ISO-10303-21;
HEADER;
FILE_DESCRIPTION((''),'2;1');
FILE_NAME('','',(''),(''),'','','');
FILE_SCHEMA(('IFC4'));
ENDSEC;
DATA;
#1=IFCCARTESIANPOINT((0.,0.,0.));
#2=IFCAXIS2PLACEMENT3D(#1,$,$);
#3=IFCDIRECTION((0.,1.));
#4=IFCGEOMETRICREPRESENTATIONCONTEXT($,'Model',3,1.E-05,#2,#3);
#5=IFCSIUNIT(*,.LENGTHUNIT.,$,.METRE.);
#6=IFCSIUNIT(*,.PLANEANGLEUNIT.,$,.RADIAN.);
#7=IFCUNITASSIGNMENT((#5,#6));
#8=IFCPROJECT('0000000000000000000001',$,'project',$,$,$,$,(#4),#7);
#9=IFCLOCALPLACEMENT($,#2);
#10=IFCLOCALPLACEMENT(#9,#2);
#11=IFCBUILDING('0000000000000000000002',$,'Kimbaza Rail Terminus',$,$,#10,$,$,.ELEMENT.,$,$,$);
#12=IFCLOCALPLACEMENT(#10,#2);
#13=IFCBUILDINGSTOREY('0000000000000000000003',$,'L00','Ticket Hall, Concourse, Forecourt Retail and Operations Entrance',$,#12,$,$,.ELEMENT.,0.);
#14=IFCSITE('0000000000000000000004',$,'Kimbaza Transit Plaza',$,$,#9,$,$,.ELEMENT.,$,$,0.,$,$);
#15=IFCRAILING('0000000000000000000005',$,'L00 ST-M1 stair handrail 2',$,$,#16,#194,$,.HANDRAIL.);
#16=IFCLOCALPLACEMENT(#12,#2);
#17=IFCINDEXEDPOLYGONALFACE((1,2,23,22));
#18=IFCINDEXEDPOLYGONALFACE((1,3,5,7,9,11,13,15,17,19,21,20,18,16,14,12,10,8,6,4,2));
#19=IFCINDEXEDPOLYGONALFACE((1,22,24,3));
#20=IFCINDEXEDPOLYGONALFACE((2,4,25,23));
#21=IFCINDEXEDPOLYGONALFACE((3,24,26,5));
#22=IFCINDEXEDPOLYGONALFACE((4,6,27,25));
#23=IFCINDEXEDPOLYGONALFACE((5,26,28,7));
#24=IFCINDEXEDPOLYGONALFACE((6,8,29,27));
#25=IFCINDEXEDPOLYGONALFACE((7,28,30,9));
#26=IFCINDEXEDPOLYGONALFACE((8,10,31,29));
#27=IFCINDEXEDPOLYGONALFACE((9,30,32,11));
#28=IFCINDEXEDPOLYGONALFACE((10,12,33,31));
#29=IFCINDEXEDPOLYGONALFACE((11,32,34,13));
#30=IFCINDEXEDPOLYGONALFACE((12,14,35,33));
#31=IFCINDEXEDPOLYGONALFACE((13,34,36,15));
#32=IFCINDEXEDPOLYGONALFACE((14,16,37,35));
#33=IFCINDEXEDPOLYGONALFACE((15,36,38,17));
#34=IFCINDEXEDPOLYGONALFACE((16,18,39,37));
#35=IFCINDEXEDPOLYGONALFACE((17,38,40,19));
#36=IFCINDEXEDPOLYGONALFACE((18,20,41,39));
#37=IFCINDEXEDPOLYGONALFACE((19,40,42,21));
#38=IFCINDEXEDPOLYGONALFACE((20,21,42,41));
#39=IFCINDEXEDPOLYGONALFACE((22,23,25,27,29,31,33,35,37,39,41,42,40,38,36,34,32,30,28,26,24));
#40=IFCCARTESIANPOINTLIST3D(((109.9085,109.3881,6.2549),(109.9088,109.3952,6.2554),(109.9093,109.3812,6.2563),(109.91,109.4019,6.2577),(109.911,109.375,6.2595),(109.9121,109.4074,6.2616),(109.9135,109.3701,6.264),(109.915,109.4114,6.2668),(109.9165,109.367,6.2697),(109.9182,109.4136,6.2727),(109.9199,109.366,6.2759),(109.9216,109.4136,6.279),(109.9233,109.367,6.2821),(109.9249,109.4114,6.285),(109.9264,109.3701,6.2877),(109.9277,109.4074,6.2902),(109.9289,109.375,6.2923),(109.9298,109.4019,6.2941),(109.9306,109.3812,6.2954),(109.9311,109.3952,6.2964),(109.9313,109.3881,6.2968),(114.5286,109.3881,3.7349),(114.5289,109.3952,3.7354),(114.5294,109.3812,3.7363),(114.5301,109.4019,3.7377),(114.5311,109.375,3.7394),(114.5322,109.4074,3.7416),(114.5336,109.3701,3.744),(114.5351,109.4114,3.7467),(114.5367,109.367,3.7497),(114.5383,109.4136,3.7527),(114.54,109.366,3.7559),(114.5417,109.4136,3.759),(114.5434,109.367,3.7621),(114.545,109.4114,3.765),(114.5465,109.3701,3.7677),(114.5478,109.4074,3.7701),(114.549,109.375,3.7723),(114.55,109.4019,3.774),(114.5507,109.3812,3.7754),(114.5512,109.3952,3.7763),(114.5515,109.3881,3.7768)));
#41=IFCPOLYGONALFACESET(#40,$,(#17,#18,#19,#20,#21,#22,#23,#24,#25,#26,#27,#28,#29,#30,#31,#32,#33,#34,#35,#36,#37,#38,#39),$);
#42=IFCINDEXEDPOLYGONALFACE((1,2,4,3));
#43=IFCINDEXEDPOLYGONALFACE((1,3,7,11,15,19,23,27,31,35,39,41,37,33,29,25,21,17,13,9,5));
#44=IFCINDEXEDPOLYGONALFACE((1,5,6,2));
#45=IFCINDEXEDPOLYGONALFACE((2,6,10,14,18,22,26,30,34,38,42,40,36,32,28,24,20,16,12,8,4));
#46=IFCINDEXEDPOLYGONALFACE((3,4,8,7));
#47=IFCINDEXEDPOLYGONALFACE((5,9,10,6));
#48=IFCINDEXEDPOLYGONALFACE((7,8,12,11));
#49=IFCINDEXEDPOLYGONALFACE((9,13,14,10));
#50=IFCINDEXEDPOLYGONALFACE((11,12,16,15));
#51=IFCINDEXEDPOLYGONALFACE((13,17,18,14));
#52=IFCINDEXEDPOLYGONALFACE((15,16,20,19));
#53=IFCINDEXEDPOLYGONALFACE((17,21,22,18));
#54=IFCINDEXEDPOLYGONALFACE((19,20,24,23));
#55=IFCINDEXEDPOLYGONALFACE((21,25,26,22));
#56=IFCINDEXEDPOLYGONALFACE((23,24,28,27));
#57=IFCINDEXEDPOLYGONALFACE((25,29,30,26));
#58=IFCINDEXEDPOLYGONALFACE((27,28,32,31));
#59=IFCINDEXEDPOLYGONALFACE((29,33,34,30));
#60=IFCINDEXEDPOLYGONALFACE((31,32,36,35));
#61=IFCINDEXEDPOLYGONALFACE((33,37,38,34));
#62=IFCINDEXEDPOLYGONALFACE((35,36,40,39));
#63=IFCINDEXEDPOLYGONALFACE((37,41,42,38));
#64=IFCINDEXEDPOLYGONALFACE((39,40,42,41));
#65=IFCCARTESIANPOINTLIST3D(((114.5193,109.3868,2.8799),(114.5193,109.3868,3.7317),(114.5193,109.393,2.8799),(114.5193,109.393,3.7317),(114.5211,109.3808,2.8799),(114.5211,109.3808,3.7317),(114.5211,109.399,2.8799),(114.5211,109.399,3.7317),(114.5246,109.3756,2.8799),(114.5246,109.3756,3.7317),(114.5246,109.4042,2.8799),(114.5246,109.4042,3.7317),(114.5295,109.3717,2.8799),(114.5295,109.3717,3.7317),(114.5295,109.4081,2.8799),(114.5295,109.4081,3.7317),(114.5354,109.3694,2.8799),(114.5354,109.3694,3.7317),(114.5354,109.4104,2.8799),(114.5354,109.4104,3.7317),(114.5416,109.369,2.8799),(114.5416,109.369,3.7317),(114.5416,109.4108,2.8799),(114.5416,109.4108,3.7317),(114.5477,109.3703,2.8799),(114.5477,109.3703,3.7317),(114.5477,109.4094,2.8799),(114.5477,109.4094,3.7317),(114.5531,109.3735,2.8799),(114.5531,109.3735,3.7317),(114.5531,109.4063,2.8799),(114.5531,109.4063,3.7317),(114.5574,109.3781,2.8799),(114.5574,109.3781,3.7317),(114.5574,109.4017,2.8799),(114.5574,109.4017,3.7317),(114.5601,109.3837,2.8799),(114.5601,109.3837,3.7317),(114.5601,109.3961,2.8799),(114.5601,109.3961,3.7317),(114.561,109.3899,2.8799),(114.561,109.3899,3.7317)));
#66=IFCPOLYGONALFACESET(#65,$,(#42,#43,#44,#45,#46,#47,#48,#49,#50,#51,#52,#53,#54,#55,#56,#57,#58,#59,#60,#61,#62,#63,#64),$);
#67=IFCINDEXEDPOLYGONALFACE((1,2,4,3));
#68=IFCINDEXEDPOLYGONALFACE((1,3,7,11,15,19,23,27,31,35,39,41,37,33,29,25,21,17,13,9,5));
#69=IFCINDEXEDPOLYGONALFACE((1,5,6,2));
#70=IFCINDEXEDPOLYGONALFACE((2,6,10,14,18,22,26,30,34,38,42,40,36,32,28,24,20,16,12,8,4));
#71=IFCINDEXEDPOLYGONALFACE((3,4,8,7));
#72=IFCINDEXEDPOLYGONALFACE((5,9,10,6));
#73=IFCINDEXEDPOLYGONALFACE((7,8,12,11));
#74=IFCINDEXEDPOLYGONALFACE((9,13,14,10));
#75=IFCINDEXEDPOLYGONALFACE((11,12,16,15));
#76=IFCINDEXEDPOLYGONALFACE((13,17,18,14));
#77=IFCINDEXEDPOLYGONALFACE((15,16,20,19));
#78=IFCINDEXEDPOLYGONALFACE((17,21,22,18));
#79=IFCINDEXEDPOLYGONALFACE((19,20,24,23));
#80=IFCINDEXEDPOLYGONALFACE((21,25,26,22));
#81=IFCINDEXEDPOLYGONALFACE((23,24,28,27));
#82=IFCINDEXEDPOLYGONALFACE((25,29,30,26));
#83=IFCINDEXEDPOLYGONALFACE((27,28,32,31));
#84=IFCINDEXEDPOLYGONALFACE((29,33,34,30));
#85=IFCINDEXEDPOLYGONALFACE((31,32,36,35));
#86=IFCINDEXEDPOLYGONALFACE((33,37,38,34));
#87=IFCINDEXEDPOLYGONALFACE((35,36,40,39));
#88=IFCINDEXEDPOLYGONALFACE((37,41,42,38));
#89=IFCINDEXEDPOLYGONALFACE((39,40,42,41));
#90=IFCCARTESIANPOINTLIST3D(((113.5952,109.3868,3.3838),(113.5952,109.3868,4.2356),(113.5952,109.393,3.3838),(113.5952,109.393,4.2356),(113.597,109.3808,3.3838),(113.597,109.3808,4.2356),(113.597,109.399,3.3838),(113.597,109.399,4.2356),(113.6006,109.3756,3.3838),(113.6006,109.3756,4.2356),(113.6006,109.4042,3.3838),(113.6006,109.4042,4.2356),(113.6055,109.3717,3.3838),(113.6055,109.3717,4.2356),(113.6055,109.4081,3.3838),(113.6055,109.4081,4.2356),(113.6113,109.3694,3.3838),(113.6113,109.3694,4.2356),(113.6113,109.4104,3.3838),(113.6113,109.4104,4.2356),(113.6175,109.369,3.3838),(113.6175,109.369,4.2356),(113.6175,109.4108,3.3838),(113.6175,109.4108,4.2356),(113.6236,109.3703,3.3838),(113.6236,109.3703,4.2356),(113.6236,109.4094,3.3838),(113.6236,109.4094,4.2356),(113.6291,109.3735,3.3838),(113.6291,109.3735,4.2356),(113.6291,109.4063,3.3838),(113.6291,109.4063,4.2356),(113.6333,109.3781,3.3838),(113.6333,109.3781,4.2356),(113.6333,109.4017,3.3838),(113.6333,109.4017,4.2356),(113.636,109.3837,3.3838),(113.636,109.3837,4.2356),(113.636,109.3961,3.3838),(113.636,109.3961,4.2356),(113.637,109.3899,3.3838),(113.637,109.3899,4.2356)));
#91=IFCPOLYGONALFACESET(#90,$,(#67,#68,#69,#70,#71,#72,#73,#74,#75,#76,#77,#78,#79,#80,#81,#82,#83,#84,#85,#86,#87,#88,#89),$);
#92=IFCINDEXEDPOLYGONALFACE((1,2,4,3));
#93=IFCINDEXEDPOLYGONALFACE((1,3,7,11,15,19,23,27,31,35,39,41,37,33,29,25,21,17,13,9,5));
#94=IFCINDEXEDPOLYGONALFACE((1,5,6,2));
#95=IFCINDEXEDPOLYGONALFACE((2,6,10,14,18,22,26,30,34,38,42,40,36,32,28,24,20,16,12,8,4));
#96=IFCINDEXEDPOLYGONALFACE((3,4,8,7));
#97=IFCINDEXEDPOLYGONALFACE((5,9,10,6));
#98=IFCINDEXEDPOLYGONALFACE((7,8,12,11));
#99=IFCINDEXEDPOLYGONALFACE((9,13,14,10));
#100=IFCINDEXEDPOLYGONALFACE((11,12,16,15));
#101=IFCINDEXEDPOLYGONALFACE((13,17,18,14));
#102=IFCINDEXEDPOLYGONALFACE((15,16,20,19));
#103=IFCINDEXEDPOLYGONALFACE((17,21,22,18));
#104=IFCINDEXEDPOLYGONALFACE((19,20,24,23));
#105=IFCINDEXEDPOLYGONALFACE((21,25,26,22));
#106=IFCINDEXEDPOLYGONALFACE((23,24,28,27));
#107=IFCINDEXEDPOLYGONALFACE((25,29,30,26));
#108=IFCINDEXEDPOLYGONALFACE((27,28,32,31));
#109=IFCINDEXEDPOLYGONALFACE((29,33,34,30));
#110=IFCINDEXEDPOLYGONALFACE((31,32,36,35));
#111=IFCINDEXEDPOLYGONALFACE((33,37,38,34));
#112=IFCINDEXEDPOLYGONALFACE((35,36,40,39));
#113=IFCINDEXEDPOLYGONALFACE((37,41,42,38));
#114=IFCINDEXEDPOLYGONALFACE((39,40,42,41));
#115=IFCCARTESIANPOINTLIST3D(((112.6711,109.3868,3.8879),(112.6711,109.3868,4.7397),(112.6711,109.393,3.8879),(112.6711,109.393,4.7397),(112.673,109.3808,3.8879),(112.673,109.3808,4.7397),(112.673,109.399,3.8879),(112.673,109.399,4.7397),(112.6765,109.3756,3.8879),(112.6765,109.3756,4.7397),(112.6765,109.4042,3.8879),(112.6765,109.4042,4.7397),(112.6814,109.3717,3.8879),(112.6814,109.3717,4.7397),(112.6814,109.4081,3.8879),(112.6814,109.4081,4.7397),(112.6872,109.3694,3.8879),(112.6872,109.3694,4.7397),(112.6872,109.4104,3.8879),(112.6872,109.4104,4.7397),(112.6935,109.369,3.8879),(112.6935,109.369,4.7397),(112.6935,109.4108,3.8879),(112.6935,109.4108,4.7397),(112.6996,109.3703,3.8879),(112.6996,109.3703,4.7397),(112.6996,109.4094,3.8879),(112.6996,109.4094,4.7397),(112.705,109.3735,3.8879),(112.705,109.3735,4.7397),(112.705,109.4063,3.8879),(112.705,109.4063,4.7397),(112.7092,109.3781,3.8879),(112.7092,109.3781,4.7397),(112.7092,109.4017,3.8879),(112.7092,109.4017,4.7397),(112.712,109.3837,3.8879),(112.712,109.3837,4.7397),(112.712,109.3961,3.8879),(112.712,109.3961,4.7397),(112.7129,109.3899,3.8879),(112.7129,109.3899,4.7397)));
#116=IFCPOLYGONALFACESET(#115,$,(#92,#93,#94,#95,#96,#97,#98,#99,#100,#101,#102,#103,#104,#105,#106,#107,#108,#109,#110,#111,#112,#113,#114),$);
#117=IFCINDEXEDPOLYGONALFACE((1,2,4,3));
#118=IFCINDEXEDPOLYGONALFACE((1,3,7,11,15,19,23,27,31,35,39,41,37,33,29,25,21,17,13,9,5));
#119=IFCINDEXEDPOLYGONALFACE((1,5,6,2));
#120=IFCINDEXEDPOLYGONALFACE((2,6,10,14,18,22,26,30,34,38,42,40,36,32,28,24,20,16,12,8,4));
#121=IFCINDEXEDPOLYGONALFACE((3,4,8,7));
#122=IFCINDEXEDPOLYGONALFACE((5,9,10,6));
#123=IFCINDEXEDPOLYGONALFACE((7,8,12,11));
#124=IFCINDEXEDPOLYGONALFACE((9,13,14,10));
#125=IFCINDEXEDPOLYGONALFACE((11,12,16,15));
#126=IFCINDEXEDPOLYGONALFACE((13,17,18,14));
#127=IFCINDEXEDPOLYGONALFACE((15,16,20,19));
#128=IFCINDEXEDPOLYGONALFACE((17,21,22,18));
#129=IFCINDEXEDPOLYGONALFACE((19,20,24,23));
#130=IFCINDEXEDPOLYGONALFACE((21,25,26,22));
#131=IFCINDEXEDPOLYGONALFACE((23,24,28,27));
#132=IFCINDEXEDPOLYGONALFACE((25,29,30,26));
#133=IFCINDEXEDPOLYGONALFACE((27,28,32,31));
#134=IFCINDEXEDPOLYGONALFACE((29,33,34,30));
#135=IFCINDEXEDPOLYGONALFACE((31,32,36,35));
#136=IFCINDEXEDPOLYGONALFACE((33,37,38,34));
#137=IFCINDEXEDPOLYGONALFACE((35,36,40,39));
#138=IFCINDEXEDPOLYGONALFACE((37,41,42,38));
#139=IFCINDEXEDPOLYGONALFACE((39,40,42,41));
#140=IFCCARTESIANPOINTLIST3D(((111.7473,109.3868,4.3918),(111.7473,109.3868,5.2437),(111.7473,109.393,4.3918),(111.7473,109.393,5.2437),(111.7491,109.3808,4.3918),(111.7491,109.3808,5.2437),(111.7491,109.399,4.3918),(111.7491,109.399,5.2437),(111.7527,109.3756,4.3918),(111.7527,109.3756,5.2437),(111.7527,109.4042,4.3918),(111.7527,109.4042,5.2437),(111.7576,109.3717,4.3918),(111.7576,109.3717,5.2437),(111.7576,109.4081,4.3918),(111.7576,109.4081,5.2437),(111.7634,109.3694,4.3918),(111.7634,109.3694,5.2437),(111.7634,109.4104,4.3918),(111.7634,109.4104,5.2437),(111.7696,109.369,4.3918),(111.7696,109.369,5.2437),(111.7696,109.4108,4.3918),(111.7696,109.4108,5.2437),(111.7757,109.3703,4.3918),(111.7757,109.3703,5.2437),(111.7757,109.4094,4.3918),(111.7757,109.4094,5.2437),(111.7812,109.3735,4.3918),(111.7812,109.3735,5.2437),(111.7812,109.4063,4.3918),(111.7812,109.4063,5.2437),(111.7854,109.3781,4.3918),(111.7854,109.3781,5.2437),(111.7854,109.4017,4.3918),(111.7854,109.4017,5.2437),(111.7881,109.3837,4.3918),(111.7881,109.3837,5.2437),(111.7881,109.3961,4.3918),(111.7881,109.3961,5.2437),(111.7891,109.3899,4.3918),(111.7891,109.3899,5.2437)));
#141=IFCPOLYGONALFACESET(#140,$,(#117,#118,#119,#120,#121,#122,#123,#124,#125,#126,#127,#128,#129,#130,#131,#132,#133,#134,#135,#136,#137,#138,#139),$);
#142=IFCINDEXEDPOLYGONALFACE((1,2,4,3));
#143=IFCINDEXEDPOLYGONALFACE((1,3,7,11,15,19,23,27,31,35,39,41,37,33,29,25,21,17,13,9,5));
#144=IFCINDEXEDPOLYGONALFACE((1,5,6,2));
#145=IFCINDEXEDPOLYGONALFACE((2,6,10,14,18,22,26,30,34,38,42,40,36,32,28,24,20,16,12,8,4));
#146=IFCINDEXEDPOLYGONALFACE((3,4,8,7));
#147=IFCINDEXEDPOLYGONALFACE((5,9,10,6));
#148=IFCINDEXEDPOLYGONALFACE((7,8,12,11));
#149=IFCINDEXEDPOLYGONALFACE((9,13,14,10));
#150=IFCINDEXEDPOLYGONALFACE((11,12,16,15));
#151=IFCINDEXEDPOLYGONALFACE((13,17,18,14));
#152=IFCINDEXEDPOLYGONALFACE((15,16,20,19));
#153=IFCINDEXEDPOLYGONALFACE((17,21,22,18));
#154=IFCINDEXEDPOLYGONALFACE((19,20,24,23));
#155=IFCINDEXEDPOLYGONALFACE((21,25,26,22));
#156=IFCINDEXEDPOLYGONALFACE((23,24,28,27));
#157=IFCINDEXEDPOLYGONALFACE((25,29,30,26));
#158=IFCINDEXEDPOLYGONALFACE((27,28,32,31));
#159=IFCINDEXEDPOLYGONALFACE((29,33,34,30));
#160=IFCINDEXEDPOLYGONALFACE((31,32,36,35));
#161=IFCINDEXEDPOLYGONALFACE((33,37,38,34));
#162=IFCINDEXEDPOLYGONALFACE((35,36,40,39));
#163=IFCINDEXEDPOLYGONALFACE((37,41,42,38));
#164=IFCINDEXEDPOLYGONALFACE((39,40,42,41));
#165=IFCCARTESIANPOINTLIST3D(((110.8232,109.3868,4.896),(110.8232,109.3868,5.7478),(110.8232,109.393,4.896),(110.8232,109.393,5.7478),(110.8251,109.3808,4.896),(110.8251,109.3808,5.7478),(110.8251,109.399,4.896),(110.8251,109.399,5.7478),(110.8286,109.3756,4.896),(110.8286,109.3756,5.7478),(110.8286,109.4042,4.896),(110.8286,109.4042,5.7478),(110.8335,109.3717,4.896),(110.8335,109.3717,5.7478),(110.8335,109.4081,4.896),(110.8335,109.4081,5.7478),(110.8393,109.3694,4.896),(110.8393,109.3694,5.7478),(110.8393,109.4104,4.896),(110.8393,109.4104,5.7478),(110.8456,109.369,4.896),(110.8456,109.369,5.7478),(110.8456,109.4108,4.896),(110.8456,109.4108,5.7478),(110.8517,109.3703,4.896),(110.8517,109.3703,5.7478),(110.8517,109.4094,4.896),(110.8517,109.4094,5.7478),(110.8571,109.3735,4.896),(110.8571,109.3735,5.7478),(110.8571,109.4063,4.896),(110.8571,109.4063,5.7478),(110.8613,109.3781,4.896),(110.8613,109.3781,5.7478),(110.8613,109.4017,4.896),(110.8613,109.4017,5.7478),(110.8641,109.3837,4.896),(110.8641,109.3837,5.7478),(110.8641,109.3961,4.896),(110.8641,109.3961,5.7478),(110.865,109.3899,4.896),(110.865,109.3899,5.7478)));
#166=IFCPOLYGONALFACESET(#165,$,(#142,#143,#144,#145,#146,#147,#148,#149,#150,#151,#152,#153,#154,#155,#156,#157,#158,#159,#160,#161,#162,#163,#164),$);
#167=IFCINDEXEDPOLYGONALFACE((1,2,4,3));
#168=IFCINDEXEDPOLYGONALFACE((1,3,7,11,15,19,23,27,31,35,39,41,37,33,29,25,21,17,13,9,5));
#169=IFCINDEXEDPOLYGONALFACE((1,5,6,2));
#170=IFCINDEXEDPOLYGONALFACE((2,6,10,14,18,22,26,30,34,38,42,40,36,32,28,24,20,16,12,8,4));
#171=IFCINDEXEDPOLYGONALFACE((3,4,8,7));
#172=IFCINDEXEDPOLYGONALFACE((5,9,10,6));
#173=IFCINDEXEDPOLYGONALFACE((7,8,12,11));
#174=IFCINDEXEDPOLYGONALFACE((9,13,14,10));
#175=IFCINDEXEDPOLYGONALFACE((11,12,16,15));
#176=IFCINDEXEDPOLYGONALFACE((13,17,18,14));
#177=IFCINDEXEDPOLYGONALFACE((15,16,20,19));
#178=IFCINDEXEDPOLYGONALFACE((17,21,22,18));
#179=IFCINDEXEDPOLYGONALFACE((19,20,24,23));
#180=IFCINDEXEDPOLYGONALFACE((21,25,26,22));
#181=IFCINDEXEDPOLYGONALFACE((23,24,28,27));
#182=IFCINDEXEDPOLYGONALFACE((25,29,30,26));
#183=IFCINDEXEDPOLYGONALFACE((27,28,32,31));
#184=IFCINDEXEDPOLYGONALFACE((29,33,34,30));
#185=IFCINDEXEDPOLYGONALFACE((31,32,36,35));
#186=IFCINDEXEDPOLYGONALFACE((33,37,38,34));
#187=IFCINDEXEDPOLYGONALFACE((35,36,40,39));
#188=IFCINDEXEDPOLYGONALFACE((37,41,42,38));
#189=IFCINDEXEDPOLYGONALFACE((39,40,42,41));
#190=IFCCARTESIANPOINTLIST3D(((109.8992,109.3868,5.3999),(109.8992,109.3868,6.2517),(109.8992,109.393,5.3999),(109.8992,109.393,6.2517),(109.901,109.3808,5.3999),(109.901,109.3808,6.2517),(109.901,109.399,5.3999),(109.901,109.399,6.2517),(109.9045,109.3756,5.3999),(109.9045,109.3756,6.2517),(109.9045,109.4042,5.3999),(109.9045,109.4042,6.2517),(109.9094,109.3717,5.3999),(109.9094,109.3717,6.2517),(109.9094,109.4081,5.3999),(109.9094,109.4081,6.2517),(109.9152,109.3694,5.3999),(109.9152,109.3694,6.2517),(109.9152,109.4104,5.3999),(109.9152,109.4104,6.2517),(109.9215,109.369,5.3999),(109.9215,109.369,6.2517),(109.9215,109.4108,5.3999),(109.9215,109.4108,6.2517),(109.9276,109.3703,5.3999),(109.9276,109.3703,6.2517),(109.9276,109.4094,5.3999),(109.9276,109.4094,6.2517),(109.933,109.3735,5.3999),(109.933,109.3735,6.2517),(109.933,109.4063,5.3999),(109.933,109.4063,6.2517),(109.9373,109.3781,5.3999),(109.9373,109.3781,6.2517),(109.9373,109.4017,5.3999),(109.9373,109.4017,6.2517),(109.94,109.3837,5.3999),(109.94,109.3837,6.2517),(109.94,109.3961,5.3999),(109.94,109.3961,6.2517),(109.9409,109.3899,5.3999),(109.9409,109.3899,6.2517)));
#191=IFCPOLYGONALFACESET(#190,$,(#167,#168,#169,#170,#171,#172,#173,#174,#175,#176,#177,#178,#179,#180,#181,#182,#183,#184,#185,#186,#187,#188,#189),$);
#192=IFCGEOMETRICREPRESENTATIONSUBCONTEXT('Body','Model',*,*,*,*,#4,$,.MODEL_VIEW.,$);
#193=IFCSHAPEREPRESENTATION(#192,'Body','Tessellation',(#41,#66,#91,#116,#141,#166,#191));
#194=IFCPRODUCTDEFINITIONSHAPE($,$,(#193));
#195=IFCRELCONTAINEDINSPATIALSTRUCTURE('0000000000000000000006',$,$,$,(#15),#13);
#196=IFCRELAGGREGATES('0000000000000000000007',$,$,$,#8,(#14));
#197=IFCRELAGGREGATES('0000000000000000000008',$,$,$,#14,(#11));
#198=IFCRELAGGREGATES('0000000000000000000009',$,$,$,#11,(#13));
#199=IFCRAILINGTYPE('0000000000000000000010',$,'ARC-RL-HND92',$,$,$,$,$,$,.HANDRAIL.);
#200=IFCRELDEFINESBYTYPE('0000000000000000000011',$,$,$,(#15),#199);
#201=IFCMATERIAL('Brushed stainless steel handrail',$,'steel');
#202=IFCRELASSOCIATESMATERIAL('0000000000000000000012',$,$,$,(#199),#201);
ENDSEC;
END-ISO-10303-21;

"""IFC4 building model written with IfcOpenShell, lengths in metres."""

from ifc_helpers import new_model, si_unit, direction, frame, origin, origin_2d, place, context, subcontext, project, spatial, circle, extrude, material, type_object, element, save


model = new_model("IFC4")

# Units and contexts
model_context = context("Model", 3, precision=1e-05, world=origin(), true_north=direction((0.0, 1.0)))
body_context = subcontext(model_context, "Body", "Model", "MODEL_VIEW")
ifc_project = project(units=[si_unit("LENGTHUNIT", "METRE"), si_unit("PLANEANGLEUNIT", "RADIAN")], contexts=[model_context])

# Site, building, storey
site_placement = place(None, origin())
site = spatial("IfcSite", under=ifc_project, at=site_placement, Name="Kimbaza Transit Plaza", CompositionType="ELEMENT", RefElevation=0.0)
building_placement = place(site_placement, origin())
building = spatial("IfcBuilding", under=site, at=building_placement, Name="Kimbaza Rail Terminus", CompositionType="ELEMENT")
storey_placement = place(building_placement, origin())
storey = spatial("IfcBuildingStorey", under=building, at=storey_placement, Name="L00", Description="Ticket Hall, Concourse, Forecourt Retail and Operations Entrance", CompositionType="ELEMENT", Elevation=0.0)

# Railing
ifc_material_1 = material(Name="Brushed stainless steel handrail", Category="steel")
railing_type = type_object("IfcRailingType", Name="ARC-RL-HND92", PredefinedType="HANDRAIL", material=ifc_material_1)
railing_placement = place(storey_placement, frame((114.54, 109.3899, 2.8799)))
element("IfcRailing", 1, at=railing_placement, inside=storey, type_object=railing_type, Name="L00 ST-M1 stair handrail 2", PredefinedType="HANDRAIL", context=body_context, shape_type="SweptSolid", body=[
    extrude(circle(Radius=0.0239, at=origin_2d()), frame((0.0, 0.0, 0.876), z_axis=(-0.877899, 0.0, 0.478846), x_axis=(0.0, -1.0, 0.0)), (0.0, 0.0, 1.0), 5.2627),
    extrude(circle(Radius=0.021, at=origin_2d()), origin(), (0.0, 0.0, 1.0), 0.8518),
    extrude(circle(Radius=0.021, at=origin_2d()), frame((-0.9241, 0.0, 0.5039)), (0.0, 0.0, 1.0), 0.8518),
    extrude(circle(Radius=0.021, at=origin_2d()), frame((-1.8481, 0.0, 1.0081)), (0.0, 0.0, 1.0), 0.8518),
    extrude(circle(Radius=0.021, at=origin_2d()), frame((-2.772, 0.0, 1.512)), (0.0, 0.0, 1.0), 0.8518),
    extrude(circle(Radius=0.021, at=origin_2d()), frame((-3.696, 0.0, 2.0161)), (0.0, 0.0, 1.0), 0.8518),
    extrude(circle(Radius=0.021, at=origin_2d()), frame((-4.6201, 0.0, 2.52)), (0.0, 0.0, 1.0), 0.8518),
])

save(model, "model.ifc")
